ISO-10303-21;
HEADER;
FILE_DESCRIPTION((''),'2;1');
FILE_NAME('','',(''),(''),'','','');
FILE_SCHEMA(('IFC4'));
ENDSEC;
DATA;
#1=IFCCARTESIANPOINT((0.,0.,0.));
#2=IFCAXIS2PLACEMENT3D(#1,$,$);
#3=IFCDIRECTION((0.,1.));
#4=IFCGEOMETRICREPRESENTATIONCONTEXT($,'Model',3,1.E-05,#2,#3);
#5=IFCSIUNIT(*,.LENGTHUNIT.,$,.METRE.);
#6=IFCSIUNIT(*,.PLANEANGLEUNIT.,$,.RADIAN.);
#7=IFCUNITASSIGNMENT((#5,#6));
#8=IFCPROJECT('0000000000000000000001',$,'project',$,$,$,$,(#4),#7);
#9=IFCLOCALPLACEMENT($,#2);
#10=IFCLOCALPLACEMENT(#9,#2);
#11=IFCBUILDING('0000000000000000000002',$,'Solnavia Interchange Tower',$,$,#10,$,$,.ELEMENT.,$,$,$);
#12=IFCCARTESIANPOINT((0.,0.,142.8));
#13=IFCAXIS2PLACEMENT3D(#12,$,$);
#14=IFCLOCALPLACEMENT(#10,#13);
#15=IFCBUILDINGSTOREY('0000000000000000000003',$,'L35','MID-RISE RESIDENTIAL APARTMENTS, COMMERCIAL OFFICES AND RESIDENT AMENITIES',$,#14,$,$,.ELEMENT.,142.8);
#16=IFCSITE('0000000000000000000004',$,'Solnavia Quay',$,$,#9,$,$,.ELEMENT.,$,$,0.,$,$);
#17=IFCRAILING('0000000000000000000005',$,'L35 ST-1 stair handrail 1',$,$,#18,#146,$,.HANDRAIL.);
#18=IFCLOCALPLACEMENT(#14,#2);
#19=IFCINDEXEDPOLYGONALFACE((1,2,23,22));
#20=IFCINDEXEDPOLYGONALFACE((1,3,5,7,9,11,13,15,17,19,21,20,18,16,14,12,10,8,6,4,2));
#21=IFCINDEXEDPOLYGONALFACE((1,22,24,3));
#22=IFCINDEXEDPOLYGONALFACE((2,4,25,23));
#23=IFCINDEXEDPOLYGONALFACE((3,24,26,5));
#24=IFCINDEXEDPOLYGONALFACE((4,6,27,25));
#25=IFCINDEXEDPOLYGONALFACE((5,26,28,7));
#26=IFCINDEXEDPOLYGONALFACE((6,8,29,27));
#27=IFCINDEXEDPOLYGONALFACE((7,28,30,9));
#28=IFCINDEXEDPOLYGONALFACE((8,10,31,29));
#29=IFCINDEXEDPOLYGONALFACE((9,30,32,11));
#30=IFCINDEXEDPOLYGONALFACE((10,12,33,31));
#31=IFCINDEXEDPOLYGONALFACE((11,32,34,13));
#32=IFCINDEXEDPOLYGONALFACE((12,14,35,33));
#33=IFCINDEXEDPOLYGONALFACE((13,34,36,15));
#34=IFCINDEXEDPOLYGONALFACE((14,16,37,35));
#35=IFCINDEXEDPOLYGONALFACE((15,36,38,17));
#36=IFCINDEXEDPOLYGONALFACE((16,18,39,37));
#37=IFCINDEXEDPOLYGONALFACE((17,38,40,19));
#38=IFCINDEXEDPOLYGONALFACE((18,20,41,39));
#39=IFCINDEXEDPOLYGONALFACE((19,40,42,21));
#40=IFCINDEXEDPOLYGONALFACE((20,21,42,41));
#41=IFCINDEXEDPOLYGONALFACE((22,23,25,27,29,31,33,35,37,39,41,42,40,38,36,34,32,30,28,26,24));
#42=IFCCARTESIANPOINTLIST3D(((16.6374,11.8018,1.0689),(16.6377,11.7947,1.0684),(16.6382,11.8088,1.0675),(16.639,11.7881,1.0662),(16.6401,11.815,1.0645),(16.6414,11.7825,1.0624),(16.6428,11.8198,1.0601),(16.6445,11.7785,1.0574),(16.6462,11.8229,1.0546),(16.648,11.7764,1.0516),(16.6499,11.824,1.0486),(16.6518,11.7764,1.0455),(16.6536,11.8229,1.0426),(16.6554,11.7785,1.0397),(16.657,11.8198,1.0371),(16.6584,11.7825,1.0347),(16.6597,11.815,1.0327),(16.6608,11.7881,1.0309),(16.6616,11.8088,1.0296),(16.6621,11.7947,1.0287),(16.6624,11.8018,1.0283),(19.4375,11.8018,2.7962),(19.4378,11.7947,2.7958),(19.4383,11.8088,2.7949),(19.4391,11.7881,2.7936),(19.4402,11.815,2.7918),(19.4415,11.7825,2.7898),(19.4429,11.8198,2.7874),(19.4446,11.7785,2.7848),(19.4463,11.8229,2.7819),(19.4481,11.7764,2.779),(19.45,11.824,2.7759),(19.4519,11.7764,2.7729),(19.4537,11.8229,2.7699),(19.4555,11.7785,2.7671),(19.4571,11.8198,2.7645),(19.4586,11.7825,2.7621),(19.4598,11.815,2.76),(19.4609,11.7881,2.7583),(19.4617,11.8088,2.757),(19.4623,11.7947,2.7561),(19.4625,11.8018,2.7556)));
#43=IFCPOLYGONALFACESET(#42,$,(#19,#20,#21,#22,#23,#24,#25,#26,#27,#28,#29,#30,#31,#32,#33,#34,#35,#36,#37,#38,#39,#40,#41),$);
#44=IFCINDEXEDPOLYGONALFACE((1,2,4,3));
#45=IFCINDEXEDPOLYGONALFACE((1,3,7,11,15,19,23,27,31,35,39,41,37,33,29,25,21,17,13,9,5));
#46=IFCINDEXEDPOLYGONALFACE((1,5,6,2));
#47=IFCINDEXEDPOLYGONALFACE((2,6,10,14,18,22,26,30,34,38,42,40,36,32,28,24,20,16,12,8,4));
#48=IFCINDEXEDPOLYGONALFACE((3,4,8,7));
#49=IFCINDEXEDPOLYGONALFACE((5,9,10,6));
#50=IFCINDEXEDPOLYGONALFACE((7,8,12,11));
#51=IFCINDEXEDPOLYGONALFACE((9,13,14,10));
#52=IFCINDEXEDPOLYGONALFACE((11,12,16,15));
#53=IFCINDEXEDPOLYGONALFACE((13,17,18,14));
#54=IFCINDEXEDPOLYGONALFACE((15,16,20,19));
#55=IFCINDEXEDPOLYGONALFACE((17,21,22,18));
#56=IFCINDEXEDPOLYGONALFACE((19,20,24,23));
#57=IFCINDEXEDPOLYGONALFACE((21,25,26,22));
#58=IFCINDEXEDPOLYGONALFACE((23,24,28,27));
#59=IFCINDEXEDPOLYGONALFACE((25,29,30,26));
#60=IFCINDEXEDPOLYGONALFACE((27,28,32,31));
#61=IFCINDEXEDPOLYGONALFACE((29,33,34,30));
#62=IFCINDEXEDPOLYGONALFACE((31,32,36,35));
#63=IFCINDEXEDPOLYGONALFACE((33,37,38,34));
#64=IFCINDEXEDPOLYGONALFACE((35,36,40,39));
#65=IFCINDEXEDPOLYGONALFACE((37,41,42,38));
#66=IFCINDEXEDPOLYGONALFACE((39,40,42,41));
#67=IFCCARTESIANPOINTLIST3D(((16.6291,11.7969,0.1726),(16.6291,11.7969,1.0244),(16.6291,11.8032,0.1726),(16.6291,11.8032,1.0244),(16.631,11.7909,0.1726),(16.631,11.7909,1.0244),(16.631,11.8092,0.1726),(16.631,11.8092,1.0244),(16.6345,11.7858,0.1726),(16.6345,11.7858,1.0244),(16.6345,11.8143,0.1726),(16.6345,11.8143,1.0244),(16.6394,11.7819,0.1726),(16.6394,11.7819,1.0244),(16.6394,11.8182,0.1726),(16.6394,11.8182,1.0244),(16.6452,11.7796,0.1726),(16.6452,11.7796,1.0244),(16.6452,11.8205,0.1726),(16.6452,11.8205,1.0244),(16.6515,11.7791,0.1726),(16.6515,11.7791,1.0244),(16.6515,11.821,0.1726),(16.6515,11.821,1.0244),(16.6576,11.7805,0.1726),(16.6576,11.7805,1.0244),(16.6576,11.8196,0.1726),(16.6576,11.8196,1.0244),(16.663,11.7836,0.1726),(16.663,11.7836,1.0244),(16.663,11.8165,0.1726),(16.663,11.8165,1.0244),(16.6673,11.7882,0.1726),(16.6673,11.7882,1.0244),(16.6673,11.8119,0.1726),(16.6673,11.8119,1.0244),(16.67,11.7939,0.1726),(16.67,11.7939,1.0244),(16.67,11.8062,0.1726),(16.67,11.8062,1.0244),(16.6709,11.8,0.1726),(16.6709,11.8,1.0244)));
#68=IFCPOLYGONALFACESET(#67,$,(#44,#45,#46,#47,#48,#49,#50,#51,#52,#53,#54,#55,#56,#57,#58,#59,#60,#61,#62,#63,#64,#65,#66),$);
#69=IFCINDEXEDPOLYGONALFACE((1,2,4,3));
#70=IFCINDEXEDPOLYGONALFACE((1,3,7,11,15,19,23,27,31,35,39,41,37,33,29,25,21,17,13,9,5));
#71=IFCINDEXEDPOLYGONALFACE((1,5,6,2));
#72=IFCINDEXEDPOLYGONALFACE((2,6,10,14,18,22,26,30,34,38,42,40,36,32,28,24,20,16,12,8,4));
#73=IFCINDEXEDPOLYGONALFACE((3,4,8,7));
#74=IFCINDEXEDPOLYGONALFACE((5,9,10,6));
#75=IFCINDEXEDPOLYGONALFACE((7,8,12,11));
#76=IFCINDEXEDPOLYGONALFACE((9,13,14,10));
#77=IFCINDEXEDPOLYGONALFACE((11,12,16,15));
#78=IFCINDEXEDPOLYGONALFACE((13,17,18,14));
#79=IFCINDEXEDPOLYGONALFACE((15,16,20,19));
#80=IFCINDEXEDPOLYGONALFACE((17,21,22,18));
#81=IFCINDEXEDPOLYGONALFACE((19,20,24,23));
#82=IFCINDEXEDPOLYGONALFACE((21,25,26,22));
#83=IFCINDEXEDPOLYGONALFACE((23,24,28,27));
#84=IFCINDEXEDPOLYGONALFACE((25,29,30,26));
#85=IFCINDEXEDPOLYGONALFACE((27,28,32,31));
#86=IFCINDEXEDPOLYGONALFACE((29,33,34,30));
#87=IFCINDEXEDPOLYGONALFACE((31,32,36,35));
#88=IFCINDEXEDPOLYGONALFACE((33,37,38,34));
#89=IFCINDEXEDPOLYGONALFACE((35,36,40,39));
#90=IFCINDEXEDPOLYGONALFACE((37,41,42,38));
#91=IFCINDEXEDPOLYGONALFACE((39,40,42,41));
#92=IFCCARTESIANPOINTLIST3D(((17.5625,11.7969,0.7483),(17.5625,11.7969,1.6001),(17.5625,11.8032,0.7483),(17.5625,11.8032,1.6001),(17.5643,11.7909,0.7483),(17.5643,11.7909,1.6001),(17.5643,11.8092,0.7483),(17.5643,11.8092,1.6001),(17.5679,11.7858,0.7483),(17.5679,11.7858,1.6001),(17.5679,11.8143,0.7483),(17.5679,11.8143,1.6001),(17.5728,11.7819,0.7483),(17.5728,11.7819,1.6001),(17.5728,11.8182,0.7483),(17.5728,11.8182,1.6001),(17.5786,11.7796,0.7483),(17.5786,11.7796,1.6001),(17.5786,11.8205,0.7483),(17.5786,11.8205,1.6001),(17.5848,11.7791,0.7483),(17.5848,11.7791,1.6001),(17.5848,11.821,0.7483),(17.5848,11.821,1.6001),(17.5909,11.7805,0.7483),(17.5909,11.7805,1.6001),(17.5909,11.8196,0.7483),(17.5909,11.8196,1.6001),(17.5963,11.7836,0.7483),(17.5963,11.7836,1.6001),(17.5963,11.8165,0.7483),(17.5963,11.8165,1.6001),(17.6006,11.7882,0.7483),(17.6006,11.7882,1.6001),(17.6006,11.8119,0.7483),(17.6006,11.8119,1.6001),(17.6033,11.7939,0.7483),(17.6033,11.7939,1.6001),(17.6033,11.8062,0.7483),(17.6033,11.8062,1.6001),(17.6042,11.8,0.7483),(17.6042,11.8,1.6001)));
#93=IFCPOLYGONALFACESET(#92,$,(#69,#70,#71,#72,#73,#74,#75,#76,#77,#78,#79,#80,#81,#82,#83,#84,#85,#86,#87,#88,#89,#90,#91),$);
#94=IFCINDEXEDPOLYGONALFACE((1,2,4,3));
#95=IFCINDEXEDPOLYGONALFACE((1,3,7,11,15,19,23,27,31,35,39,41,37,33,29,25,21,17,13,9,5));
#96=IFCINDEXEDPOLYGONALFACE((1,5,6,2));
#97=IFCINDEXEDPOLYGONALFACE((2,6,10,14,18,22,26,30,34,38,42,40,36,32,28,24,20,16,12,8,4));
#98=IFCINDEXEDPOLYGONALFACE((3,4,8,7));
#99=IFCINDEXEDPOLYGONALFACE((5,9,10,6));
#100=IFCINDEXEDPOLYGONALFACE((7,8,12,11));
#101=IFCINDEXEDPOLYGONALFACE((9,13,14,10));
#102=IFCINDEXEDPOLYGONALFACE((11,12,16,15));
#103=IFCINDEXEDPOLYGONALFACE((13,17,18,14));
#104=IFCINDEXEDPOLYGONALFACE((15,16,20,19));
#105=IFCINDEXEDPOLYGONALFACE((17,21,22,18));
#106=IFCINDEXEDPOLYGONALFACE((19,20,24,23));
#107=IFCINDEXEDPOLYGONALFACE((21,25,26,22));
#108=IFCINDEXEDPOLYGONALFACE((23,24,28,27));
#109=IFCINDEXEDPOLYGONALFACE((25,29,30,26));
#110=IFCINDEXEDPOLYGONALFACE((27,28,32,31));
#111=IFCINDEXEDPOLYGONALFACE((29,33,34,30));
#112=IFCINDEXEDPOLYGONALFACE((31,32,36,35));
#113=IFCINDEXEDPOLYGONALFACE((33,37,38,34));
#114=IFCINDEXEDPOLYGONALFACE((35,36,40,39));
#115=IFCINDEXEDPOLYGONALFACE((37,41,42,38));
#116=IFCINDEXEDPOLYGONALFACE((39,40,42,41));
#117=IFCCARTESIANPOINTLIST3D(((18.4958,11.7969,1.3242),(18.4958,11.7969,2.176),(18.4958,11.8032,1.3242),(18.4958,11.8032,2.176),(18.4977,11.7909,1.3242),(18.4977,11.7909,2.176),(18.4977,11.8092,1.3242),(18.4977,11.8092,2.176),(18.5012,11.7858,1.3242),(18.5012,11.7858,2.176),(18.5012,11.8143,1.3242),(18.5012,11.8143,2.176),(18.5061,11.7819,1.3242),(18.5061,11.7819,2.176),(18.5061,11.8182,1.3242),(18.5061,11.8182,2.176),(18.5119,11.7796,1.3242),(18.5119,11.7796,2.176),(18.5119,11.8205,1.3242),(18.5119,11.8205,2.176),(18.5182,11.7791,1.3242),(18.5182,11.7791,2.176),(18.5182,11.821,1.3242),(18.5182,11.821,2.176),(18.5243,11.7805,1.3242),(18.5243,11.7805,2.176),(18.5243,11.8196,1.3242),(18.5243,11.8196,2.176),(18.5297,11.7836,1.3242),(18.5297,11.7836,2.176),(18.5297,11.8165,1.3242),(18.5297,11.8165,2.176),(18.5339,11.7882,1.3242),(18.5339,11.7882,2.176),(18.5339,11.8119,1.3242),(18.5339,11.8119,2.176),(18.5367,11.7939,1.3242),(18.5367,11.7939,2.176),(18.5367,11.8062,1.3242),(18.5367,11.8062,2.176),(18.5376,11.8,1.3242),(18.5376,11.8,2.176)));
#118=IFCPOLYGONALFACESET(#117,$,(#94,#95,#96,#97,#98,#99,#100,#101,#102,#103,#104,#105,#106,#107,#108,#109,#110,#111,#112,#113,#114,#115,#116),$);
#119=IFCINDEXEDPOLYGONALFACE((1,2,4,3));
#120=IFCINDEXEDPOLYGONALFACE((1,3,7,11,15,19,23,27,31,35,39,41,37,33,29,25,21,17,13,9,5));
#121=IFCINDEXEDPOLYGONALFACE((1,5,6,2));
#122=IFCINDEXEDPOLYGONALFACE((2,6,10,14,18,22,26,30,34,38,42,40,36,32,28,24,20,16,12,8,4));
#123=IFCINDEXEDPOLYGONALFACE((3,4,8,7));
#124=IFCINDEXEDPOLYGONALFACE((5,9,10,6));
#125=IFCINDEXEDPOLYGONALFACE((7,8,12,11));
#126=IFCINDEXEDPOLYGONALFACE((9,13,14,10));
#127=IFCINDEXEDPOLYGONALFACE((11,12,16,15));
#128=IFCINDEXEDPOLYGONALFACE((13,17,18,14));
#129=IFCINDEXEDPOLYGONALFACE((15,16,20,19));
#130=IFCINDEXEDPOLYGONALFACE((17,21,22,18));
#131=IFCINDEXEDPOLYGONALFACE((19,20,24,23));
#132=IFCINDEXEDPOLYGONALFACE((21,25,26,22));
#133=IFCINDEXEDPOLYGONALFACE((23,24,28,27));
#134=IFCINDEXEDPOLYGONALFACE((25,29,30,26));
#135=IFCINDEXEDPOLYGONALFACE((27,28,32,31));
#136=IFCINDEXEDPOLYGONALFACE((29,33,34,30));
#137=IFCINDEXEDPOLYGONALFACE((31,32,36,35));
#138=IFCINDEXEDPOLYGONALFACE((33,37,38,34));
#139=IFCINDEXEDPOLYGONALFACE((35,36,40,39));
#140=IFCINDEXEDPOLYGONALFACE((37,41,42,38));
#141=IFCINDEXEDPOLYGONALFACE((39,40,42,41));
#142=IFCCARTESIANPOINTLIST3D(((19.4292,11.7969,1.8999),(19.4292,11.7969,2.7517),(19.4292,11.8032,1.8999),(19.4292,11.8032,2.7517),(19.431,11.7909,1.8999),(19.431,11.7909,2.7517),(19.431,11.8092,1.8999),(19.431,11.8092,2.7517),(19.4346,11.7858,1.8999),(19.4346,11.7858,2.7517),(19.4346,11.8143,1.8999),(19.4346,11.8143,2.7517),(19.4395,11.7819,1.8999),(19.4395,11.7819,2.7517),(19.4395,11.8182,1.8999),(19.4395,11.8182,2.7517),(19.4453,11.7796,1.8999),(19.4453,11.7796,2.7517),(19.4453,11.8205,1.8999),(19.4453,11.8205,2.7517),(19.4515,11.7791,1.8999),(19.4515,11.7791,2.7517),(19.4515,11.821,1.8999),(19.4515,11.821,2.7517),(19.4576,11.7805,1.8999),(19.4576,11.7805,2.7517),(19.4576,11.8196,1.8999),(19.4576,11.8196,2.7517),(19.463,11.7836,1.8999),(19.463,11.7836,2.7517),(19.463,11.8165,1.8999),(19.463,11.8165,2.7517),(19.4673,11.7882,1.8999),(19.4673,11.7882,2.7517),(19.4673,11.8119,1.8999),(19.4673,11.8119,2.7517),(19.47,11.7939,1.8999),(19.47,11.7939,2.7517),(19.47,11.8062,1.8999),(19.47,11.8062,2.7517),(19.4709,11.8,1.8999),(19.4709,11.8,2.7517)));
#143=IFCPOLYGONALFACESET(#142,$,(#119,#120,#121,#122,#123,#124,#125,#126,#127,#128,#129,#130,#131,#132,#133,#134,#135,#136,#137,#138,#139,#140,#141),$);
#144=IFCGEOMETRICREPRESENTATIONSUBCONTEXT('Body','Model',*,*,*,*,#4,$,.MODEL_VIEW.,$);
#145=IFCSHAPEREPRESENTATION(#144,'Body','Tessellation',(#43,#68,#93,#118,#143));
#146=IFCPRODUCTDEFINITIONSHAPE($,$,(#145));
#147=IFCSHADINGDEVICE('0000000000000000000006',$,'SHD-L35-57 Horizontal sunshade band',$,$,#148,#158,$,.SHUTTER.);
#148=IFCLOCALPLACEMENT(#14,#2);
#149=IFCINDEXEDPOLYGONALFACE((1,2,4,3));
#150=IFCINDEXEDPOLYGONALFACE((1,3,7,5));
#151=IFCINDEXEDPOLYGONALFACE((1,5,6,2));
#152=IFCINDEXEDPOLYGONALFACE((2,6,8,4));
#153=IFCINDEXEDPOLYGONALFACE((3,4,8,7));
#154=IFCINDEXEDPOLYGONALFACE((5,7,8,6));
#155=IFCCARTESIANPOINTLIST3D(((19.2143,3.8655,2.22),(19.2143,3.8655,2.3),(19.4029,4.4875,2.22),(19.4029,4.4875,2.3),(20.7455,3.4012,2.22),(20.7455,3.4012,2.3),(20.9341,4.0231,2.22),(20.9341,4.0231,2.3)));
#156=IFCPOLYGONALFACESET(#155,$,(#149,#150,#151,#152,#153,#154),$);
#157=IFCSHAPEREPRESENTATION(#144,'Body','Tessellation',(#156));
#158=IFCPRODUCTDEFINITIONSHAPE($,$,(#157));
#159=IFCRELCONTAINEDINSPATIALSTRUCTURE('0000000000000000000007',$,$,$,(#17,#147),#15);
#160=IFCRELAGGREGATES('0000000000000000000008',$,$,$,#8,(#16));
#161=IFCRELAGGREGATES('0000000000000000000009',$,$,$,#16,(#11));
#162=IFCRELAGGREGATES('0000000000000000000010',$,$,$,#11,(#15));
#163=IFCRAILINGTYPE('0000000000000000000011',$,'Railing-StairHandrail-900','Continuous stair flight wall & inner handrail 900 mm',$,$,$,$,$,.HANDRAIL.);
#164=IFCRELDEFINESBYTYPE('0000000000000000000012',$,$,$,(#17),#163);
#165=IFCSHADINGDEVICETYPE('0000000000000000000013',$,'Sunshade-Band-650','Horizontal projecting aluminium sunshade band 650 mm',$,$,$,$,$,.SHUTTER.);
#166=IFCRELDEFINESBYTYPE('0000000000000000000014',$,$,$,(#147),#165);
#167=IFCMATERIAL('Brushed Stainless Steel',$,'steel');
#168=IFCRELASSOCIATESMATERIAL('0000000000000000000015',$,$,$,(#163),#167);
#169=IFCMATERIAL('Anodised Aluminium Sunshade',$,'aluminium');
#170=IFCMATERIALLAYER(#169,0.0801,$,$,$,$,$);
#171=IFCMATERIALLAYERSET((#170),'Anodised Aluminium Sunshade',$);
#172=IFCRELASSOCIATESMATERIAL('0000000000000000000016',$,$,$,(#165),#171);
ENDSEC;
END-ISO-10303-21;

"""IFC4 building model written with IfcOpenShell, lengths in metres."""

from ifc_helpers import new_model, si_unit, direction, frame, origin, origin_2d, place, context, subcontext, project, spatial, rectangle, circle, extrude, material, layer, layer_set, type_object, element, save


model = new_model("IFC4")

# Units and contexts
model_context = context("Model", 3, precision=1e-05, world=origin(), true_north=direction((0.0, 1.0)))
body_context = subcontext(model_context, "Body", "Model", "MODEL_VIEW")
ifc_project = project(units=[si_unit("LENGTHUNIT", "METRE"), si_unit("PLANEANGLEUNIT", "RADIAN")], contexts=[model_context])

# Site, building, storey
site_placement = place(None, origin())
site = spatial("IfcSite", under=ifc_project, at=site_placement, Name="Solnavia Quay", CompositionType="ELEMENT", RefElevation=0.0)
building_placement = place(site_placement, origin())
building = spatial("IfcBuilding", under=site, at=building_placement, Name="Solnavia Interchange Tower", CompositionType="ELEMENT")
storey_placement = place(building_placement, frame((0.0, 0.0, 142.8)))
storey = spatial("IfcBuildingStorey", under=building, at=storey_placement, Name="L35", Description="MID-RISE RESIDENTIAL APARTMENTS, COMMERCIAL OFFICES AND RESIDENT AMENITIES", CompositionType="ELEMENT", Elevation=142.8)

# Railing
ifc_material_1 = material(Name="Brushed Stainless Steel", Category="steel")
railing_type = type_object("IfcRailingType", Name="Railing-StairHandrail-900", Description="Continuous stair flight wall & inner handrail 900 mm", PredefinedType="HANDRAIL", material=ifc_material_1)
railing_placement = place(storey_placement, frame((16.6499, 11.8, 0.1726)))
element("IfcRailing", 1, at=railing_placement, inside=storey, type_object=railing_type, Name="L35 ST-1 stair handrail 1", PredefinedType="HANDRAIL", context=body_context, shape_type="SweptSolid", body=[
    extrude(circle(Radius=0.0239, at=origin_2d()), frame((0.0, 0.0, 0.876), z_axis=(0.85109, 0.0, 0.52502), x_axis=(0.0, 1.0, 0.0)), (0.0, 0.0, 1.0), 3.29),
    extrude(circle(Radius=0.021, at=origin_2d()), origin(), (0.0, 0.0, 1.0), 0.8518),
    extrude(circle(Radius=0.021, at=origin_2d()), frame((0.9333, 0.0, 0.5757)), (0.0, 0.0, 1.0), 0.8518),
    extrude(circle(Radius=0.021, at=origin_2d()), frame((1.8667, 0.0, 1.1516)), (0.0, 0.0, 1.0), 0.8518),
    extrude(circle(Radius=0.021, at=origin_2d()), frame((2.8, 0.0, 1.7273)), (0.0, 0.0, 1.0), 0.8518),
])

# Shading device
ifc_material_2 = material(Name="Anodised Aluminium Sunshade", Category="aluminium")
ifc_layer_1 = layer(ifc_material_2, 0.0801)
ifc_layer_set_1 = layer_set([ifc_layer_1], Name="Anodised Aluminium Sunshade")
shading_device_type = type_object("IfcShadingDeviceType", Name="Sunshade-Band-650", Description="Horizontal projecting aluminium sunshade band 650 mm", PredefinedType="SHUTTER", material=ifc_layer_set_1)
shading_device_placement = place(storey_placement, frame((20.0742, 3.9443, 2.22), z_axis=(0.0, 0.0, 1.0), x_axis=(-0.956966, 0.290201, 0.0)))
element("IfcShadingDevice", 2, at=shading_device_placement, inside=storey, type_object=shading_device_type, Name="SHD-L35-57 Horizontal sunshade band", PredefinedType="SHUTTER", context=body_context, shape_type="SweptSolid", body=[
    extrude(rectangle(XDim=1.6001, YDim=0.6499, at=origin_2d()), origin(), (0.0, 0.0, 1.0), 0.0801),
])

save(model, "model.ifc")
